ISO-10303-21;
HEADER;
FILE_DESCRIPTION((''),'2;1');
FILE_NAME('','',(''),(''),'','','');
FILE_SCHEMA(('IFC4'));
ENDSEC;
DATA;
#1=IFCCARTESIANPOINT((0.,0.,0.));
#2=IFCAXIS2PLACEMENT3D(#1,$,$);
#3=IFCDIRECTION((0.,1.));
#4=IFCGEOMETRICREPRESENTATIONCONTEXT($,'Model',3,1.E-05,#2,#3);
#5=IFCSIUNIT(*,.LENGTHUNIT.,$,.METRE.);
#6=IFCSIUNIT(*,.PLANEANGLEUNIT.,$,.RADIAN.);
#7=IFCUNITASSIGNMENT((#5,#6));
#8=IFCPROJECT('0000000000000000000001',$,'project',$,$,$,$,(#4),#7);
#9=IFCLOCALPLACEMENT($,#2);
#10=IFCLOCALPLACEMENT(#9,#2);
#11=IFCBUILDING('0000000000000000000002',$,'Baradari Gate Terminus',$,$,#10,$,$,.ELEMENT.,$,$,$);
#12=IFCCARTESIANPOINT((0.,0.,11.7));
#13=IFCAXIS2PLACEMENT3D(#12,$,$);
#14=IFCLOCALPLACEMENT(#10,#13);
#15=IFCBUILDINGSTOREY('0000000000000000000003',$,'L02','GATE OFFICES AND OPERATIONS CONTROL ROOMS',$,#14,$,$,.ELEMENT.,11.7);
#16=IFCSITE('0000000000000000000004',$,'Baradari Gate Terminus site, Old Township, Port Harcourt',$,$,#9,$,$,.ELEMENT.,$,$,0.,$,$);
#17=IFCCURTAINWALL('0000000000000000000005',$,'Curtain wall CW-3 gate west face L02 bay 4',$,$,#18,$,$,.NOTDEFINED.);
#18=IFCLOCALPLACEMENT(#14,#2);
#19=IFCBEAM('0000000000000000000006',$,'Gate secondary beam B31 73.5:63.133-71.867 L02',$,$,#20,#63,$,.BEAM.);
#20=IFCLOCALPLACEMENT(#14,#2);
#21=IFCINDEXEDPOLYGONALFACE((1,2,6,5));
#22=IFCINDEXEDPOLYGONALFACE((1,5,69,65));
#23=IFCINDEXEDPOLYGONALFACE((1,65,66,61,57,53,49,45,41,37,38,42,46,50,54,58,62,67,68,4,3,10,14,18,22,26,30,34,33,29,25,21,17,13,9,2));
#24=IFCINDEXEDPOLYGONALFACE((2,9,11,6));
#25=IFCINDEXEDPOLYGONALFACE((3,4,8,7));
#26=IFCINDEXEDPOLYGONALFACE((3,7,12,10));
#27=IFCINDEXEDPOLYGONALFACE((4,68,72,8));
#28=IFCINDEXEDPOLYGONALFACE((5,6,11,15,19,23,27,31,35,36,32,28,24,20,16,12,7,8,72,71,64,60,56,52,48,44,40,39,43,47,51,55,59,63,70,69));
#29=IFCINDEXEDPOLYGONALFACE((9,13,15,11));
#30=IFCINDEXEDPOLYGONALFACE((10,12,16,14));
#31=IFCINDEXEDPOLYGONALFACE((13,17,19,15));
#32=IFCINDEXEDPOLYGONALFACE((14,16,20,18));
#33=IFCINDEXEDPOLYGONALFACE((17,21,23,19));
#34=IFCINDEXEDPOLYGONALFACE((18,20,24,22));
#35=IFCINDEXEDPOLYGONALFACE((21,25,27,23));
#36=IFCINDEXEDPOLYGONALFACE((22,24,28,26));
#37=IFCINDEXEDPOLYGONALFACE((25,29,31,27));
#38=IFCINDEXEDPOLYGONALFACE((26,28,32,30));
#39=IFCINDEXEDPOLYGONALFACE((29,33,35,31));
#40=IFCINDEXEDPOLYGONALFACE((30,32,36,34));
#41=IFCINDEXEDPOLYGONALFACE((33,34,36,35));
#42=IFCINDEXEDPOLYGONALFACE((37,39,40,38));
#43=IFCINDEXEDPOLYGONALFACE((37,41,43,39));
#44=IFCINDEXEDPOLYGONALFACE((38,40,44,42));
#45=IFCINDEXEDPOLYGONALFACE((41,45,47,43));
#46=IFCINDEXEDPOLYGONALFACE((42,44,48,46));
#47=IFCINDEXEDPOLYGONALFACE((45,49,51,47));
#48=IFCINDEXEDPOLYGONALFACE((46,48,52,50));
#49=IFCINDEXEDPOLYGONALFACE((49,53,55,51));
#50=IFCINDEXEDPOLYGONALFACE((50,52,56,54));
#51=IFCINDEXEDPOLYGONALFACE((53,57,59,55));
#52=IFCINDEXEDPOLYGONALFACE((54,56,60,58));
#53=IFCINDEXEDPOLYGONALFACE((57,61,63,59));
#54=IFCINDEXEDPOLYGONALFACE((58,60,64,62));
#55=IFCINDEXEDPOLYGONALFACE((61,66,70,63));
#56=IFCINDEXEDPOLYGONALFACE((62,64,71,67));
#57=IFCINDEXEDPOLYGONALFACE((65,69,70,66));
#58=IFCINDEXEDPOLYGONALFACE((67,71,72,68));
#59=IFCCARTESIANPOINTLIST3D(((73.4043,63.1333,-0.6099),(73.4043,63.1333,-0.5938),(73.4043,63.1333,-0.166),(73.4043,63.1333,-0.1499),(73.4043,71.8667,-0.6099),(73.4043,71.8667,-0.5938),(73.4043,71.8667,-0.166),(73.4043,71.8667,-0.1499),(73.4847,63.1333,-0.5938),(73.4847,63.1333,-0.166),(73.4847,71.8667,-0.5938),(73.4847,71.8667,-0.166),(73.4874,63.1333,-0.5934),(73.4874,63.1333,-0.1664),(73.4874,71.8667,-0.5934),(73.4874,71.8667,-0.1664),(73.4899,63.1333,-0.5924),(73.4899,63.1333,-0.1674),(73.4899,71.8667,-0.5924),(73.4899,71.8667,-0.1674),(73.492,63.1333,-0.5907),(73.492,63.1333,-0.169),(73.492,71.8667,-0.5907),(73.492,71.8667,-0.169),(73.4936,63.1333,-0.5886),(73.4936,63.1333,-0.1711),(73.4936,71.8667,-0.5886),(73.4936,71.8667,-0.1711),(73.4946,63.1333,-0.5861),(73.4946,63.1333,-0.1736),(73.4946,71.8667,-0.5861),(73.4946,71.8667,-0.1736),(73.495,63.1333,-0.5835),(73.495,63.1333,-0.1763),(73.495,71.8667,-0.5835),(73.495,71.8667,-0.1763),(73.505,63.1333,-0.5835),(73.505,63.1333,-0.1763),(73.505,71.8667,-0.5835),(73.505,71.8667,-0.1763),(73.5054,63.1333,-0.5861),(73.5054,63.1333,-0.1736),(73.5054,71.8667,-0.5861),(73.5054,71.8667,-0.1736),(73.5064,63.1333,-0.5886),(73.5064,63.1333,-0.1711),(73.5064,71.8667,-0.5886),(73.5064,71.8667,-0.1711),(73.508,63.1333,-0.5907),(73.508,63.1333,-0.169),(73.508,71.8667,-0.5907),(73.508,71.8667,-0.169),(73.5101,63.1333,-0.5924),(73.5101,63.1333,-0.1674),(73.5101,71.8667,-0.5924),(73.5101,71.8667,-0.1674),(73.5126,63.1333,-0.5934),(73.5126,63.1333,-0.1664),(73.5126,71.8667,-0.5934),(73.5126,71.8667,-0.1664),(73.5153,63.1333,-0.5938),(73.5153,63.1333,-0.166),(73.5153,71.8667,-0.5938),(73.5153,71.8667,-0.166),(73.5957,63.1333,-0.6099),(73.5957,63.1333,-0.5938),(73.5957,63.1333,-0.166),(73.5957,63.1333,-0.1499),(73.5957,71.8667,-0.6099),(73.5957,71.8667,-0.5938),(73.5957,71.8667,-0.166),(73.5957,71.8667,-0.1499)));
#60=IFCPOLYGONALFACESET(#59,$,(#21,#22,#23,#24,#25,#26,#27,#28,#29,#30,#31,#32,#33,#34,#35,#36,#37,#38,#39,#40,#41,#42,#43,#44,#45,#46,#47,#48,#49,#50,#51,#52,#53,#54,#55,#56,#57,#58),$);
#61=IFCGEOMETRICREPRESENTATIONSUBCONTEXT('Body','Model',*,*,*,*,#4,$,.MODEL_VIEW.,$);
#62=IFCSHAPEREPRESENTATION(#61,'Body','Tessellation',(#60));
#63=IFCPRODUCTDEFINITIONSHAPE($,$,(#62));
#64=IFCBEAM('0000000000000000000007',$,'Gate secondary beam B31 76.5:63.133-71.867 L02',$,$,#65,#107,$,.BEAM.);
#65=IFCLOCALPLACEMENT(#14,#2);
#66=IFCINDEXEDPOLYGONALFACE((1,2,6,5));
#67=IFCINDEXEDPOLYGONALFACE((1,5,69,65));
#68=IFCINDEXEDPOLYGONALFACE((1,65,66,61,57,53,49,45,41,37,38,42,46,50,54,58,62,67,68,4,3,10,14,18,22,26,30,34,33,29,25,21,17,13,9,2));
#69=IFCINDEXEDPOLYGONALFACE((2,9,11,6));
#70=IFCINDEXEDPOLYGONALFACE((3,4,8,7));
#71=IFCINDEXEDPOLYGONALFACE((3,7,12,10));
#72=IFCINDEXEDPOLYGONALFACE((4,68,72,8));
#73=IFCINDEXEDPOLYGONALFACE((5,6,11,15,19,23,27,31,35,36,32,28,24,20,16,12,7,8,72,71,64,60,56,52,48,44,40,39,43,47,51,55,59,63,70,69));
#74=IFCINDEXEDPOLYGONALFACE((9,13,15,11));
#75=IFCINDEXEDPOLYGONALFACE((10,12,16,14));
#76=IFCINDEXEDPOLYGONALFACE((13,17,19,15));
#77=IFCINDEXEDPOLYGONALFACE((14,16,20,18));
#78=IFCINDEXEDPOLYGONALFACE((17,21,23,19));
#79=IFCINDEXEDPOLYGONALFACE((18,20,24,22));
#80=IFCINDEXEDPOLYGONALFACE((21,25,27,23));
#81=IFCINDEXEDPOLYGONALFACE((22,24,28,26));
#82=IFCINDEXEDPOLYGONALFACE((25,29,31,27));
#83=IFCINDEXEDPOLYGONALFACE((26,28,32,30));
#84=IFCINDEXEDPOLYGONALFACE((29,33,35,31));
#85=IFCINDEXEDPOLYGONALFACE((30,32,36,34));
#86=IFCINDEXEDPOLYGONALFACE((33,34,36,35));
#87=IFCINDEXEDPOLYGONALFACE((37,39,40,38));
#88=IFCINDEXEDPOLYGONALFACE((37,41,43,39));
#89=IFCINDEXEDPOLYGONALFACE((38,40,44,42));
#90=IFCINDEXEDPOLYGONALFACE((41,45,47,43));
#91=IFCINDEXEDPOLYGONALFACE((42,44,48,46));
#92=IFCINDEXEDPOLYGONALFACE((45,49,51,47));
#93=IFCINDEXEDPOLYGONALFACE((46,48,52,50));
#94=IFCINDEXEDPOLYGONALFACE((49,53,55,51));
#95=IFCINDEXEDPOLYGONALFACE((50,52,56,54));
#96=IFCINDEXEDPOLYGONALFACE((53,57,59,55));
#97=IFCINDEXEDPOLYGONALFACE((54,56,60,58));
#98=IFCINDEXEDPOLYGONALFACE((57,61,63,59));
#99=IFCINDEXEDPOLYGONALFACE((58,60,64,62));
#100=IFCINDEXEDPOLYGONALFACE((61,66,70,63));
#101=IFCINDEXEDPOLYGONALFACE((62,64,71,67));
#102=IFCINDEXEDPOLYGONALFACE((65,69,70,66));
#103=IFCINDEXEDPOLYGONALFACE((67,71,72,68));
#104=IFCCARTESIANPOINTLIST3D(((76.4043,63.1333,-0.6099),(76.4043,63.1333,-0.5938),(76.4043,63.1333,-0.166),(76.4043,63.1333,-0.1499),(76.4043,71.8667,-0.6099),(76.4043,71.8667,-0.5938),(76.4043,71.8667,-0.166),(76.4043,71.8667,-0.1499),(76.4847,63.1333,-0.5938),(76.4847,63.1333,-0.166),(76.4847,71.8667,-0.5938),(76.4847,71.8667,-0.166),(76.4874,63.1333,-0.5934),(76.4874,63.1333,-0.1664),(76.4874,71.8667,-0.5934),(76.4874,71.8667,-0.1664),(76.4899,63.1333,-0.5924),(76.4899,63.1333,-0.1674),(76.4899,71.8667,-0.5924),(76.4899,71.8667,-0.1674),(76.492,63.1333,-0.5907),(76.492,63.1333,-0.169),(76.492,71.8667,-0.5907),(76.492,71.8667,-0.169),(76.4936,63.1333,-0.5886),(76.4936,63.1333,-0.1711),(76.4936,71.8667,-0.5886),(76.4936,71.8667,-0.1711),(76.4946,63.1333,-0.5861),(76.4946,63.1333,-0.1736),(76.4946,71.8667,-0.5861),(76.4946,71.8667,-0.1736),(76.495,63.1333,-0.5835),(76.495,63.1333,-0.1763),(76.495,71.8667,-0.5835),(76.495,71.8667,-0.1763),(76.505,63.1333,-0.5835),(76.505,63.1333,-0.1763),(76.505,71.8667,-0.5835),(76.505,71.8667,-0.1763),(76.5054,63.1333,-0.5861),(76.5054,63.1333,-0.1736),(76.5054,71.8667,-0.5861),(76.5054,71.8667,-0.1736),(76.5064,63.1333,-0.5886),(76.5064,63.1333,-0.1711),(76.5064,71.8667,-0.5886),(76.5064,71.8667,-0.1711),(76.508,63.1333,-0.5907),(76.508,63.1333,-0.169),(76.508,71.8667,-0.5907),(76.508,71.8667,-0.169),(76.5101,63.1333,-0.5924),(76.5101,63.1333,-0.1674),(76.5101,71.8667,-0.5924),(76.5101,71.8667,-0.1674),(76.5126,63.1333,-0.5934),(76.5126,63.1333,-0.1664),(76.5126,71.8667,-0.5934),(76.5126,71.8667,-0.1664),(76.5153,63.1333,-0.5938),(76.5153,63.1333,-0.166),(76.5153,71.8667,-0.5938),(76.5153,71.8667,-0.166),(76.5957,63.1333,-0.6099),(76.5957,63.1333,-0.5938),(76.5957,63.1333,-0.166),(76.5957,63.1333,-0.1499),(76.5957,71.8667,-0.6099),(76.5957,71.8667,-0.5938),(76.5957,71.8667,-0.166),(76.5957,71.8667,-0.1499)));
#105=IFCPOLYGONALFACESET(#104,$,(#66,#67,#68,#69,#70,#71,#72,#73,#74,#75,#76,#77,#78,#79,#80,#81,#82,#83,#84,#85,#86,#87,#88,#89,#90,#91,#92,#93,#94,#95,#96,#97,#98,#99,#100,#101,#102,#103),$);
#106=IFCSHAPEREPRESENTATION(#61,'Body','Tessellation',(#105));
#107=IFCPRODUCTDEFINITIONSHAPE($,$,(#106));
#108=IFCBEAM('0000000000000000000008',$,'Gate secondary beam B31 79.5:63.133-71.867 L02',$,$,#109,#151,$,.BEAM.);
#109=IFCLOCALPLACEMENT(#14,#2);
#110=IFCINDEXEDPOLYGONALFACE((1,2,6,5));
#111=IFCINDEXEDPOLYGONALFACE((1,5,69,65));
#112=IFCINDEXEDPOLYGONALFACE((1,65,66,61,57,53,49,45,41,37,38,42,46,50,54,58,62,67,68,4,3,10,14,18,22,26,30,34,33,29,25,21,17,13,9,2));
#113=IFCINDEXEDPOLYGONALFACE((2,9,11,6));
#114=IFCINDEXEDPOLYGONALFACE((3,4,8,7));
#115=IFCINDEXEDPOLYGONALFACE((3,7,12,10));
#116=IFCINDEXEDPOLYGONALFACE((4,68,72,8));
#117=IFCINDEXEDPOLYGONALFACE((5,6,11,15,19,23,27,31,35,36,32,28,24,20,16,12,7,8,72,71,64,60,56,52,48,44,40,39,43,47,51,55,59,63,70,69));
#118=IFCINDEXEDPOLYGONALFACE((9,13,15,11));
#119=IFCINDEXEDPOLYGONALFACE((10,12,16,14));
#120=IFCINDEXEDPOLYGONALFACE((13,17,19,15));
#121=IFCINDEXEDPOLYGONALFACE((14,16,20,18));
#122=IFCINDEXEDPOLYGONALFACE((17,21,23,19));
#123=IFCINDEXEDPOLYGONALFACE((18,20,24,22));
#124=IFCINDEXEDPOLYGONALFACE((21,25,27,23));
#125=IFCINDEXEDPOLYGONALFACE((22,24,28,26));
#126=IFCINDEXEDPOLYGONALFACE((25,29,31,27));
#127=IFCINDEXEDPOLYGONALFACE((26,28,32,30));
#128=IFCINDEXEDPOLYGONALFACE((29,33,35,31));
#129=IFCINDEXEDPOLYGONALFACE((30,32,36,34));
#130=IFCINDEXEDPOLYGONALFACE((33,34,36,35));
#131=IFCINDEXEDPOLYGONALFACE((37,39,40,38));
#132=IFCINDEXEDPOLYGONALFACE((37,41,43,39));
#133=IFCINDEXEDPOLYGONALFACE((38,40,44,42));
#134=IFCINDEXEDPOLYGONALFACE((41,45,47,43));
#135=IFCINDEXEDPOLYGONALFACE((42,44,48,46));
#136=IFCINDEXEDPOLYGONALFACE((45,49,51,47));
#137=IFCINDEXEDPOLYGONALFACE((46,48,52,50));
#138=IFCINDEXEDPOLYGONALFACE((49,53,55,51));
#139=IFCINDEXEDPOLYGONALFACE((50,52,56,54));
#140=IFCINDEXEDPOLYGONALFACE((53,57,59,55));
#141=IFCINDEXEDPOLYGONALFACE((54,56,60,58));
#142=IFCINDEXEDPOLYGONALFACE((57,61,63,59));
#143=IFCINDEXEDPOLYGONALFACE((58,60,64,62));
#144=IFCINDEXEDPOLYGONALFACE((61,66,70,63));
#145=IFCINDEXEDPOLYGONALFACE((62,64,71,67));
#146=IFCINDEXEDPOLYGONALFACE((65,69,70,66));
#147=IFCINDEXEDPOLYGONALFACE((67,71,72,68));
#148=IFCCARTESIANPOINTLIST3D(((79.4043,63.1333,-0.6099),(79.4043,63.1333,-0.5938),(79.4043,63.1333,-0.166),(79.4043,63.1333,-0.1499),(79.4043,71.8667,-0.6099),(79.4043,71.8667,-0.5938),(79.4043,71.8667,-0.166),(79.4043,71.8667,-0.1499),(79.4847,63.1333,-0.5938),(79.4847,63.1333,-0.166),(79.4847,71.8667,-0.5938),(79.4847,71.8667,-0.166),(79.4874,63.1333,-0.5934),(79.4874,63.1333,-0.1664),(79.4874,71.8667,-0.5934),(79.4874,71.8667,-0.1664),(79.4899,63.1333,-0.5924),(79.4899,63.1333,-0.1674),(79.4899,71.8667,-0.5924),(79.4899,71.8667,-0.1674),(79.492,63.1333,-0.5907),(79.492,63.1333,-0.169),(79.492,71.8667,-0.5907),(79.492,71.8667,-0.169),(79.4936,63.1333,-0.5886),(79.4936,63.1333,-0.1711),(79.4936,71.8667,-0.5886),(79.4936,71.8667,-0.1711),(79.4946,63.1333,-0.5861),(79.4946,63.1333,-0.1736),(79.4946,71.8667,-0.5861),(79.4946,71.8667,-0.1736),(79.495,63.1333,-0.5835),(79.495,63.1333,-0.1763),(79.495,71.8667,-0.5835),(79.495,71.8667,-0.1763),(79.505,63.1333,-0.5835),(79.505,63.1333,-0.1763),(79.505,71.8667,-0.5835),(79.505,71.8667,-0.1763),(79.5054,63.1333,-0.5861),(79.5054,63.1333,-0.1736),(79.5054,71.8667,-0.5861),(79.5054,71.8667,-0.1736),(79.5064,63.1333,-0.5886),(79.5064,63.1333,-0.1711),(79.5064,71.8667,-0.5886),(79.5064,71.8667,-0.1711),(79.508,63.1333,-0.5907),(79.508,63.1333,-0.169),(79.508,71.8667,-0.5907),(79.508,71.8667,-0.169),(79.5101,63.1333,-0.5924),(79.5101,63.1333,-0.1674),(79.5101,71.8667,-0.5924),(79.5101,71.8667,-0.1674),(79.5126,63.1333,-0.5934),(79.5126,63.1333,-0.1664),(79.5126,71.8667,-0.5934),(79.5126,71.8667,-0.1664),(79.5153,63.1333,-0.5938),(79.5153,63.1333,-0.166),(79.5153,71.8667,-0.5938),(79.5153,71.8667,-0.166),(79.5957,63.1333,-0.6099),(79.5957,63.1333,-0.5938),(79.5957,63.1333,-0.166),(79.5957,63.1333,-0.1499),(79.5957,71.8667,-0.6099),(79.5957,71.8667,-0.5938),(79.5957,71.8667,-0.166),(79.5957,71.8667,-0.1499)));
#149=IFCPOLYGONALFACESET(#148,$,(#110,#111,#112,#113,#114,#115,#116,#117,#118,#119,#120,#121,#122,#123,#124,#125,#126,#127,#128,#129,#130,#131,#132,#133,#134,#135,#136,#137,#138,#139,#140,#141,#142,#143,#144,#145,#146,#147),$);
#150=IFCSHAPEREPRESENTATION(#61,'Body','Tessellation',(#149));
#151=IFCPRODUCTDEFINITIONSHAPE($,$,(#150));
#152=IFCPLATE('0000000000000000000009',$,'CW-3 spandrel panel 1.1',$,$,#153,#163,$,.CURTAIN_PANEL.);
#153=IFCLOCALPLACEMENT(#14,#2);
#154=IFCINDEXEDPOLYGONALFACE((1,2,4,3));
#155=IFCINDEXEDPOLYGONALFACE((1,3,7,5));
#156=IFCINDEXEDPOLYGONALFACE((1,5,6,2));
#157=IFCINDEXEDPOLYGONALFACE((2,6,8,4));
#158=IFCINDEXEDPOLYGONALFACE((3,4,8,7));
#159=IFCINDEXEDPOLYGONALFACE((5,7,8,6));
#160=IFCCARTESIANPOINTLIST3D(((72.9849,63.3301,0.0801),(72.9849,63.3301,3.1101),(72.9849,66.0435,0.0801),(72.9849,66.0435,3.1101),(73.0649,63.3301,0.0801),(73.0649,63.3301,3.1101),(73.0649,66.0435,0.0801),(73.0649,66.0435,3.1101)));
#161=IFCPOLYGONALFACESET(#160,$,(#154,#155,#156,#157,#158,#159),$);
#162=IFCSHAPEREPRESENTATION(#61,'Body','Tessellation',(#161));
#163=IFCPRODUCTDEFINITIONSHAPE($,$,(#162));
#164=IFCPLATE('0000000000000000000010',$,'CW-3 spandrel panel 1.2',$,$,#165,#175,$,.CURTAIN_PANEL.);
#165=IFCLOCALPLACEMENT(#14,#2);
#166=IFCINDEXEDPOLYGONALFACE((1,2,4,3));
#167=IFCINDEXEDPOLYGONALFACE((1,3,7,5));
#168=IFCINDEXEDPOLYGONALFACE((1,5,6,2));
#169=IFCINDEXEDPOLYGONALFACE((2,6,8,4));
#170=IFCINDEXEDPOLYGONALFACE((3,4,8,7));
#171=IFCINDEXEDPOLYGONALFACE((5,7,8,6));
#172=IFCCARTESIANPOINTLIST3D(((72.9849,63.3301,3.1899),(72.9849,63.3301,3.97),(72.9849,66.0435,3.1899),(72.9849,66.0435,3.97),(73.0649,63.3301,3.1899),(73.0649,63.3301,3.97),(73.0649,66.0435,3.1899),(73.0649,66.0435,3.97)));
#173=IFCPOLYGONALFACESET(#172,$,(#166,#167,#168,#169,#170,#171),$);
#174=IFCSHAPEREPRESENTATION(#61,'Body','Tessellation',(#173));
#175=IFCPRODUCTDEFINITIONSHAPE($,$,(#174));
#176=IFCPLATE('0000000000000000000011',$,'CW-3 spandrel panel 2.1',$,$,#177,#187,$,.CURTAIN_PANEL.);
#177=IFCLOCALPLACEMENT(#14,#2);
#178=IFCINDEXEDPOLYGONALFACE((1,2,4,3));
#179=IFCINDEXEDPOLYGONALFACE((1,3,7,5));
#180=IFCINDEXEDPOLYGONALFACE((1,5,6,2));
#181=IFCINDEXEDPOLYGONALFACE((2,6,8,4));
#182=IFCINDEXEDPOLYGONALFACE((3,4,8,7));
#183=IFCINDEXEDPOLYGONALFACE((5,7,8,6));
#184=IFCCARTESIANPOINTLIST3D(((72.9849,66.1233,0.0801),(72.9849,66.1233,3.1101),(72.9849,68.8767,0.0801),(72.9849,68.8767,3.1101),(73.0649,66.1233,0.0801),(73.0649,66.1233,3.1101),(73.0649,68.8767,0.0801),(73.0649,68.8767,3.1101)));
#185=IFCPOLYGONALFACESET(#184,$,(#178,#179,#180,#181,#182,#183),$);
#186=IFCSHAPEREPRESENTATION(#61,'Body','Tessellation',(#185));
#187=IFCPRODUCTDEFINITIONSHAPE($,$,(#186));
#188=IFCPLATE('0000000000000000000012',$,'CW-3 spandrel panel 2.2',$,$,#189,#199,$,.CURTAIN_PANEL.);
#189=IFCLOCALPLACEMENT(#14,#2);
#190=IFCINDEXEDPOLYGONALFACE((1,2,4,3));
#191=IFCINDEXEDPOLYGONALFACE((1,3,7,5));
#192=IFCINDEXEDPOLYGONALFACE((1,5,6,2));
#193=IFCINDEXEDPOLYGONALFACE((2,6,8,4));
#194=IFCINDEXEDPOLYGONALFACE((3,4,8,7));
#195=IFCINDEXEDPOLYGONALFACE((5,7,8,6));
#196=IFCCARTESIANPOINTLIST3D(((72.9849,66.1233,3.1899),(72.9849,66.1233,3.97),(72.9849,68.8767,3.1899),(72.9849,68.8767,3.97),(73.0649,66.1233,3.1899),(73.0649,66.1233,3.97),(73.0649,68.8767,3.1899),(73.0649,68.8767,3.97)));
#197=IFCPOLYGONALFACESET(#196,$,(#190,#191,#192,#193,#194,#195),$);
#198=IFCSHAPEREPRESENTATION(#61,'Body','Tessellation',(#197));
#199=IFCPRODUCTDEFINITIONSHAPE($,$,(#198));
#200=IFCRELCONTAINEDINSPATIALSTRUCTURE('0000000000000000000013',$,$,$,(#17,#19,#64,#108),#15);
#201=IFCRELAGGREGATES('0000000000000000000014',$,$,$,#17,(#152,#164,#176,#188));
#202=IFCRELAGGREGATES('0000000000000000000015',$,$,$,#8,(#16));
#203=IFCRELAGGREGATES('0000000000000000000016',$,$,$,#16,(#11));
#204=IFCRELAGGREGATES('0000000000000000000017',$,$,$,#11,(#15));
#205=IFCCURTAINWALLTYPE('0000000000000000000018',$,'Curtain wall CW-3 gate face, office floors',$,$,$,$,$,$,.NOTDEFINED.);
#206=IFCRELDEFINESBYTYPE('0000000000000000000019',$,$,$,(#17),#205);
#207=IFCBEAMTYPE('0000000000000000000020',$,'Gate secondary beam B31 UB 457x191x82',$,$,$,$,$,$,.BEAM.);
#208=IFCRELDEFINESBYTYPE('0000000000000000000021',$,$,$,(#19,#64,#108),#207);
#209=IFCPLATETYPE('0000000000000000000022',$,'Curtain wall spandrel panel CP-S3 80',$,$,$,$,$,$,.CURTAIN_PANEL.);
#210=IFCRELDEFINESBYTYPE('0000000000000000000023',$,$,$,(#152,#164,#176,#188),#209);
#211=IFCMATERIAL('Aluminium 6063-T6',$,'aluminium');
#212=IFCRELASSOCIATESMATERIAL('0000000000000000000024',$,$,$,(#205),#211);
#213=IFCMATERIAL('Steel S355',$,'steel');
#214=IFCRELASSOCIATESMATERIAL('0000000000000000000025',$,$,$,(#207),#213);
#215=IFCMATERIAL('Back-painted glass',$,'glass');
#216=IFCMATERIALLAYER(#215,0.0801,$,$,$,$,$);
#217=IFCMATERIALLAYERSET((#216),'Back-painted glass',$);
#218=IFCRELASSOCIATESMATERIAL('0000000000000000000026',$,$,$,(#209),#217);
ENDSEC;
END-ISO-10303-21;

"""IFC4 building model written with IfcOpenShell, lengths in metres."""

from ifc_helpers import new_model, si_unit, direction, frame, origin, origin_2d, place, context, subcontext, project, spatial, rectangle, i_section, extrude, material, layer, layer_set, material_profile, profile_set, type_object, element, aggregate, save


model = new_model("IFC4")

# Units and contexts
model_context = context("Model", 3, precision=1e-05, world=origin(), true_north=direction((0.0, 1.0)))
body_context = subcontext(model_context, "Body", "Model", "MODEL_VIEW")
ifc_project = project(units=[si_unit("LENGTHUNIT", "METRE"), si_unit("PLANEANGLEUNIT", "RADIAN")], contexts=[model_context])

# Site, building, storey
site_placement = place(None, origin())
site = spatial("IfcSite", under=ifc_project, at=site_placement, Name="Baradari Gate Terminus site, Old Township, Port Harcourt", CompositionType="ELEMENT", RefElevation=0.0)
building_placement = place(site_placement, origin())
building = spatial("IfcBuilding", under=site, at=building_placement, Name="Baradari Gate Terminus", CompositionType="ELEMENT")
storey_placement = place(building_placement, frame((0.0, 0.0, 11.7)))
storey = spatial("IfcBuildingStorey", under=building, at=storey_placement, Name="L02", Description="GATE OFFICES AND OPERATIONS CONTROL ROOMS", CompositionType="ELEMENT", Elevation=11.7)

# Curtain wall
ifc_material_1 = material(Name="Aluminium 6063-T6", Category="aluminium")
curtain_wall_type = type_object("IfcCurtainWallType", Name="Curtain wall CW-3 gate face, office floors", PredefinedType="NOTDEFINED", material=ifc_material_1)
curtain_wall_placement = place(storey_placement, origin())
curtain_wall = element("IfcCurtainWall", 1, at=curtain_wall_placement, inside=storey, type_object=curtain_wall_type, Name="Curtain wall CW-3 gate west face L02 bay 4", PredefinedType="NOTDEFINED")

# Beams
ifc_material_2 = material(Name="Steel S355", Category="steel")
ifc_material_profile_1 = material_profile(ifc_material_2, i_section(OverallWidth=0.1914, OverallDepth=0.46, WebThickness=0.01, FlangeThickness=0.0161, FilletRadius=0.0103, at=origin_2d()), Name="UB 457x191x82")
ifc_profile_set_1 = profile_set([ifc_material_profile_1], Name="Steel S355")
beam_type_1 = type_object("IfcBeamType", Name="Gate secondary beam B31 UB 457x191x82", PredefinedType="BEAM", material=ifc_profile_set_1)
for number, where, z_axis, x_axis, name in (
    (2, (73.5, 63.1333, -0.3799), (0.0, 1.0, 0.0), (-1.0, 0.0, 0.0), "Gate secondary beam B31 73.5:63.133-71.867 L02"),
    (3, (76.5, 63.1333, -0.3799), (0.0, 1.0, 0.0), (-1.0, 0.0, 0.0), "Gate secondary beam B31 76.5:63.133-71.867 L02"),
    (4, (79.5, 63.1333, -0.3799), (0.0, 1.0, 0.0), (-1.0, 0.0, 0.0), "Gate secondary beam B31 79.5:63.133-71.867 L02"),
):
    element("IfcBeam", number, at=place(storey_placement, frame(where, z_axis=z_axis, x_axis=x_axis)), inside=storey, type_object=beam_type_1, Name=name, PredefinedType="BEAM", context=body_context, shape_type="SweptSolid", body=[
        extrude(i_section(OverallWidth=0.1914, OverallDepth=0.46, WebThickness=0.01, FlangeThickness=0.0161, FilletRadius=0.0103, at=origin_2d()), origin(), (0.0, 0.0, 1.0), 8.7334),
    ])

# Plates
ifc_material_3 = material(Name="Back-painted glass", Category="glass")
ifc_layer_1 = layer(ifc_material_3, 0.0801)
ifc_layer_set_1 = layer_set([ifc_layer_1], Name="Back-painted glass")
plate_type = type_object("IfcPlateType", Name="Curtain wall spandrel panel CP-S3 80", PredefinedType="CURTAIN_PANEL", material=ifc_layer_set_1)
plate_1_placement = place(storey_placement, frame((73.0249, 64.6868, 0.0801), z_axis=(0.0, 0.0, 1.0), x_axis=(0.0, 1.0, 0.0)))
plate_1 = element("IfcPlate", 5, at=plate_1_placement, type_object=plate_type, Name="CW-3 spandrel panel 1.1", PredefinedType="CURTAIN_PANEL", context=body_context, shape_type="SweptSolid", body=[
    extrude(rectangle(XDim=2.7134, YDim=0.0801, at=origin_2d()), origin(), (0.0, 0.0, 1.0), 3.03),
])
plate_2_placement = place(storey_placement, frame((73.0249, 64.6868, 3.1899), z_axis=(0.0, 0.0, 1.0), x_axis=(0.0, 1.0, 0.0)))
plate_2 = element("IfcPlate", 6, at=plate_2_placement, type_object=plate_type, Name="CW-3 spandrel panel 1.2", PredefinedType="CURTAIN_PANEL", context=body_context, shape_type="SweptSolid", body=[
    extrude(rectangle(XDim=2.7134, YDim=0.0801, at=origin_2d()), origin(), (0.0, 0.0, 1.0), 0.78),
])
plate_3_placement = place(storey_placement, frame((73.0249, 67.5, 0.0801), z_axis=(0.0, 0.0, 1.0), x_axis=(0.0, 1.0, 0.0)))
plate_3 = element("IfcPlate", 7, at=plate_3_placement, type_object=plate_type, Name="CW-3 spandrel panel 2.1", PredefinedType="CURTAIN_PANEL", context=body_context, shape_type="SweptSolid", body=[
    extrude(rectangle(XDim=2.7534, YDim=0.0801, at=origin_2d()), origin(), (0.0, 0.0, 1.0), 3.03),
])
plate_4_placement = place(storey_placement, frame((73.0249, 67.5, 3.1899), z_axis=(0.0, 0.0, 1.0), x_axis=(0.0, 1.0, 0.0)))
plate_4 = element("IfcPlate", 8, at=plate_4_placement, type_object=plate_type, Name="CW-3 spandrel panel 2.2", PredefinedType="CURTAIN_PANEL", context=body_context, shape_type="SweptSolid", body=[
    extrude(rectangle(XDim=2.7534, YDim=0.0801, at=origin_2d()), origin(), (0.0, 0.0, 1.0), 0.78),
])
aggregate(curtain_wall, [plate_1, plate_2, plate_3, plate_4])

save(model, "model.ifc")
